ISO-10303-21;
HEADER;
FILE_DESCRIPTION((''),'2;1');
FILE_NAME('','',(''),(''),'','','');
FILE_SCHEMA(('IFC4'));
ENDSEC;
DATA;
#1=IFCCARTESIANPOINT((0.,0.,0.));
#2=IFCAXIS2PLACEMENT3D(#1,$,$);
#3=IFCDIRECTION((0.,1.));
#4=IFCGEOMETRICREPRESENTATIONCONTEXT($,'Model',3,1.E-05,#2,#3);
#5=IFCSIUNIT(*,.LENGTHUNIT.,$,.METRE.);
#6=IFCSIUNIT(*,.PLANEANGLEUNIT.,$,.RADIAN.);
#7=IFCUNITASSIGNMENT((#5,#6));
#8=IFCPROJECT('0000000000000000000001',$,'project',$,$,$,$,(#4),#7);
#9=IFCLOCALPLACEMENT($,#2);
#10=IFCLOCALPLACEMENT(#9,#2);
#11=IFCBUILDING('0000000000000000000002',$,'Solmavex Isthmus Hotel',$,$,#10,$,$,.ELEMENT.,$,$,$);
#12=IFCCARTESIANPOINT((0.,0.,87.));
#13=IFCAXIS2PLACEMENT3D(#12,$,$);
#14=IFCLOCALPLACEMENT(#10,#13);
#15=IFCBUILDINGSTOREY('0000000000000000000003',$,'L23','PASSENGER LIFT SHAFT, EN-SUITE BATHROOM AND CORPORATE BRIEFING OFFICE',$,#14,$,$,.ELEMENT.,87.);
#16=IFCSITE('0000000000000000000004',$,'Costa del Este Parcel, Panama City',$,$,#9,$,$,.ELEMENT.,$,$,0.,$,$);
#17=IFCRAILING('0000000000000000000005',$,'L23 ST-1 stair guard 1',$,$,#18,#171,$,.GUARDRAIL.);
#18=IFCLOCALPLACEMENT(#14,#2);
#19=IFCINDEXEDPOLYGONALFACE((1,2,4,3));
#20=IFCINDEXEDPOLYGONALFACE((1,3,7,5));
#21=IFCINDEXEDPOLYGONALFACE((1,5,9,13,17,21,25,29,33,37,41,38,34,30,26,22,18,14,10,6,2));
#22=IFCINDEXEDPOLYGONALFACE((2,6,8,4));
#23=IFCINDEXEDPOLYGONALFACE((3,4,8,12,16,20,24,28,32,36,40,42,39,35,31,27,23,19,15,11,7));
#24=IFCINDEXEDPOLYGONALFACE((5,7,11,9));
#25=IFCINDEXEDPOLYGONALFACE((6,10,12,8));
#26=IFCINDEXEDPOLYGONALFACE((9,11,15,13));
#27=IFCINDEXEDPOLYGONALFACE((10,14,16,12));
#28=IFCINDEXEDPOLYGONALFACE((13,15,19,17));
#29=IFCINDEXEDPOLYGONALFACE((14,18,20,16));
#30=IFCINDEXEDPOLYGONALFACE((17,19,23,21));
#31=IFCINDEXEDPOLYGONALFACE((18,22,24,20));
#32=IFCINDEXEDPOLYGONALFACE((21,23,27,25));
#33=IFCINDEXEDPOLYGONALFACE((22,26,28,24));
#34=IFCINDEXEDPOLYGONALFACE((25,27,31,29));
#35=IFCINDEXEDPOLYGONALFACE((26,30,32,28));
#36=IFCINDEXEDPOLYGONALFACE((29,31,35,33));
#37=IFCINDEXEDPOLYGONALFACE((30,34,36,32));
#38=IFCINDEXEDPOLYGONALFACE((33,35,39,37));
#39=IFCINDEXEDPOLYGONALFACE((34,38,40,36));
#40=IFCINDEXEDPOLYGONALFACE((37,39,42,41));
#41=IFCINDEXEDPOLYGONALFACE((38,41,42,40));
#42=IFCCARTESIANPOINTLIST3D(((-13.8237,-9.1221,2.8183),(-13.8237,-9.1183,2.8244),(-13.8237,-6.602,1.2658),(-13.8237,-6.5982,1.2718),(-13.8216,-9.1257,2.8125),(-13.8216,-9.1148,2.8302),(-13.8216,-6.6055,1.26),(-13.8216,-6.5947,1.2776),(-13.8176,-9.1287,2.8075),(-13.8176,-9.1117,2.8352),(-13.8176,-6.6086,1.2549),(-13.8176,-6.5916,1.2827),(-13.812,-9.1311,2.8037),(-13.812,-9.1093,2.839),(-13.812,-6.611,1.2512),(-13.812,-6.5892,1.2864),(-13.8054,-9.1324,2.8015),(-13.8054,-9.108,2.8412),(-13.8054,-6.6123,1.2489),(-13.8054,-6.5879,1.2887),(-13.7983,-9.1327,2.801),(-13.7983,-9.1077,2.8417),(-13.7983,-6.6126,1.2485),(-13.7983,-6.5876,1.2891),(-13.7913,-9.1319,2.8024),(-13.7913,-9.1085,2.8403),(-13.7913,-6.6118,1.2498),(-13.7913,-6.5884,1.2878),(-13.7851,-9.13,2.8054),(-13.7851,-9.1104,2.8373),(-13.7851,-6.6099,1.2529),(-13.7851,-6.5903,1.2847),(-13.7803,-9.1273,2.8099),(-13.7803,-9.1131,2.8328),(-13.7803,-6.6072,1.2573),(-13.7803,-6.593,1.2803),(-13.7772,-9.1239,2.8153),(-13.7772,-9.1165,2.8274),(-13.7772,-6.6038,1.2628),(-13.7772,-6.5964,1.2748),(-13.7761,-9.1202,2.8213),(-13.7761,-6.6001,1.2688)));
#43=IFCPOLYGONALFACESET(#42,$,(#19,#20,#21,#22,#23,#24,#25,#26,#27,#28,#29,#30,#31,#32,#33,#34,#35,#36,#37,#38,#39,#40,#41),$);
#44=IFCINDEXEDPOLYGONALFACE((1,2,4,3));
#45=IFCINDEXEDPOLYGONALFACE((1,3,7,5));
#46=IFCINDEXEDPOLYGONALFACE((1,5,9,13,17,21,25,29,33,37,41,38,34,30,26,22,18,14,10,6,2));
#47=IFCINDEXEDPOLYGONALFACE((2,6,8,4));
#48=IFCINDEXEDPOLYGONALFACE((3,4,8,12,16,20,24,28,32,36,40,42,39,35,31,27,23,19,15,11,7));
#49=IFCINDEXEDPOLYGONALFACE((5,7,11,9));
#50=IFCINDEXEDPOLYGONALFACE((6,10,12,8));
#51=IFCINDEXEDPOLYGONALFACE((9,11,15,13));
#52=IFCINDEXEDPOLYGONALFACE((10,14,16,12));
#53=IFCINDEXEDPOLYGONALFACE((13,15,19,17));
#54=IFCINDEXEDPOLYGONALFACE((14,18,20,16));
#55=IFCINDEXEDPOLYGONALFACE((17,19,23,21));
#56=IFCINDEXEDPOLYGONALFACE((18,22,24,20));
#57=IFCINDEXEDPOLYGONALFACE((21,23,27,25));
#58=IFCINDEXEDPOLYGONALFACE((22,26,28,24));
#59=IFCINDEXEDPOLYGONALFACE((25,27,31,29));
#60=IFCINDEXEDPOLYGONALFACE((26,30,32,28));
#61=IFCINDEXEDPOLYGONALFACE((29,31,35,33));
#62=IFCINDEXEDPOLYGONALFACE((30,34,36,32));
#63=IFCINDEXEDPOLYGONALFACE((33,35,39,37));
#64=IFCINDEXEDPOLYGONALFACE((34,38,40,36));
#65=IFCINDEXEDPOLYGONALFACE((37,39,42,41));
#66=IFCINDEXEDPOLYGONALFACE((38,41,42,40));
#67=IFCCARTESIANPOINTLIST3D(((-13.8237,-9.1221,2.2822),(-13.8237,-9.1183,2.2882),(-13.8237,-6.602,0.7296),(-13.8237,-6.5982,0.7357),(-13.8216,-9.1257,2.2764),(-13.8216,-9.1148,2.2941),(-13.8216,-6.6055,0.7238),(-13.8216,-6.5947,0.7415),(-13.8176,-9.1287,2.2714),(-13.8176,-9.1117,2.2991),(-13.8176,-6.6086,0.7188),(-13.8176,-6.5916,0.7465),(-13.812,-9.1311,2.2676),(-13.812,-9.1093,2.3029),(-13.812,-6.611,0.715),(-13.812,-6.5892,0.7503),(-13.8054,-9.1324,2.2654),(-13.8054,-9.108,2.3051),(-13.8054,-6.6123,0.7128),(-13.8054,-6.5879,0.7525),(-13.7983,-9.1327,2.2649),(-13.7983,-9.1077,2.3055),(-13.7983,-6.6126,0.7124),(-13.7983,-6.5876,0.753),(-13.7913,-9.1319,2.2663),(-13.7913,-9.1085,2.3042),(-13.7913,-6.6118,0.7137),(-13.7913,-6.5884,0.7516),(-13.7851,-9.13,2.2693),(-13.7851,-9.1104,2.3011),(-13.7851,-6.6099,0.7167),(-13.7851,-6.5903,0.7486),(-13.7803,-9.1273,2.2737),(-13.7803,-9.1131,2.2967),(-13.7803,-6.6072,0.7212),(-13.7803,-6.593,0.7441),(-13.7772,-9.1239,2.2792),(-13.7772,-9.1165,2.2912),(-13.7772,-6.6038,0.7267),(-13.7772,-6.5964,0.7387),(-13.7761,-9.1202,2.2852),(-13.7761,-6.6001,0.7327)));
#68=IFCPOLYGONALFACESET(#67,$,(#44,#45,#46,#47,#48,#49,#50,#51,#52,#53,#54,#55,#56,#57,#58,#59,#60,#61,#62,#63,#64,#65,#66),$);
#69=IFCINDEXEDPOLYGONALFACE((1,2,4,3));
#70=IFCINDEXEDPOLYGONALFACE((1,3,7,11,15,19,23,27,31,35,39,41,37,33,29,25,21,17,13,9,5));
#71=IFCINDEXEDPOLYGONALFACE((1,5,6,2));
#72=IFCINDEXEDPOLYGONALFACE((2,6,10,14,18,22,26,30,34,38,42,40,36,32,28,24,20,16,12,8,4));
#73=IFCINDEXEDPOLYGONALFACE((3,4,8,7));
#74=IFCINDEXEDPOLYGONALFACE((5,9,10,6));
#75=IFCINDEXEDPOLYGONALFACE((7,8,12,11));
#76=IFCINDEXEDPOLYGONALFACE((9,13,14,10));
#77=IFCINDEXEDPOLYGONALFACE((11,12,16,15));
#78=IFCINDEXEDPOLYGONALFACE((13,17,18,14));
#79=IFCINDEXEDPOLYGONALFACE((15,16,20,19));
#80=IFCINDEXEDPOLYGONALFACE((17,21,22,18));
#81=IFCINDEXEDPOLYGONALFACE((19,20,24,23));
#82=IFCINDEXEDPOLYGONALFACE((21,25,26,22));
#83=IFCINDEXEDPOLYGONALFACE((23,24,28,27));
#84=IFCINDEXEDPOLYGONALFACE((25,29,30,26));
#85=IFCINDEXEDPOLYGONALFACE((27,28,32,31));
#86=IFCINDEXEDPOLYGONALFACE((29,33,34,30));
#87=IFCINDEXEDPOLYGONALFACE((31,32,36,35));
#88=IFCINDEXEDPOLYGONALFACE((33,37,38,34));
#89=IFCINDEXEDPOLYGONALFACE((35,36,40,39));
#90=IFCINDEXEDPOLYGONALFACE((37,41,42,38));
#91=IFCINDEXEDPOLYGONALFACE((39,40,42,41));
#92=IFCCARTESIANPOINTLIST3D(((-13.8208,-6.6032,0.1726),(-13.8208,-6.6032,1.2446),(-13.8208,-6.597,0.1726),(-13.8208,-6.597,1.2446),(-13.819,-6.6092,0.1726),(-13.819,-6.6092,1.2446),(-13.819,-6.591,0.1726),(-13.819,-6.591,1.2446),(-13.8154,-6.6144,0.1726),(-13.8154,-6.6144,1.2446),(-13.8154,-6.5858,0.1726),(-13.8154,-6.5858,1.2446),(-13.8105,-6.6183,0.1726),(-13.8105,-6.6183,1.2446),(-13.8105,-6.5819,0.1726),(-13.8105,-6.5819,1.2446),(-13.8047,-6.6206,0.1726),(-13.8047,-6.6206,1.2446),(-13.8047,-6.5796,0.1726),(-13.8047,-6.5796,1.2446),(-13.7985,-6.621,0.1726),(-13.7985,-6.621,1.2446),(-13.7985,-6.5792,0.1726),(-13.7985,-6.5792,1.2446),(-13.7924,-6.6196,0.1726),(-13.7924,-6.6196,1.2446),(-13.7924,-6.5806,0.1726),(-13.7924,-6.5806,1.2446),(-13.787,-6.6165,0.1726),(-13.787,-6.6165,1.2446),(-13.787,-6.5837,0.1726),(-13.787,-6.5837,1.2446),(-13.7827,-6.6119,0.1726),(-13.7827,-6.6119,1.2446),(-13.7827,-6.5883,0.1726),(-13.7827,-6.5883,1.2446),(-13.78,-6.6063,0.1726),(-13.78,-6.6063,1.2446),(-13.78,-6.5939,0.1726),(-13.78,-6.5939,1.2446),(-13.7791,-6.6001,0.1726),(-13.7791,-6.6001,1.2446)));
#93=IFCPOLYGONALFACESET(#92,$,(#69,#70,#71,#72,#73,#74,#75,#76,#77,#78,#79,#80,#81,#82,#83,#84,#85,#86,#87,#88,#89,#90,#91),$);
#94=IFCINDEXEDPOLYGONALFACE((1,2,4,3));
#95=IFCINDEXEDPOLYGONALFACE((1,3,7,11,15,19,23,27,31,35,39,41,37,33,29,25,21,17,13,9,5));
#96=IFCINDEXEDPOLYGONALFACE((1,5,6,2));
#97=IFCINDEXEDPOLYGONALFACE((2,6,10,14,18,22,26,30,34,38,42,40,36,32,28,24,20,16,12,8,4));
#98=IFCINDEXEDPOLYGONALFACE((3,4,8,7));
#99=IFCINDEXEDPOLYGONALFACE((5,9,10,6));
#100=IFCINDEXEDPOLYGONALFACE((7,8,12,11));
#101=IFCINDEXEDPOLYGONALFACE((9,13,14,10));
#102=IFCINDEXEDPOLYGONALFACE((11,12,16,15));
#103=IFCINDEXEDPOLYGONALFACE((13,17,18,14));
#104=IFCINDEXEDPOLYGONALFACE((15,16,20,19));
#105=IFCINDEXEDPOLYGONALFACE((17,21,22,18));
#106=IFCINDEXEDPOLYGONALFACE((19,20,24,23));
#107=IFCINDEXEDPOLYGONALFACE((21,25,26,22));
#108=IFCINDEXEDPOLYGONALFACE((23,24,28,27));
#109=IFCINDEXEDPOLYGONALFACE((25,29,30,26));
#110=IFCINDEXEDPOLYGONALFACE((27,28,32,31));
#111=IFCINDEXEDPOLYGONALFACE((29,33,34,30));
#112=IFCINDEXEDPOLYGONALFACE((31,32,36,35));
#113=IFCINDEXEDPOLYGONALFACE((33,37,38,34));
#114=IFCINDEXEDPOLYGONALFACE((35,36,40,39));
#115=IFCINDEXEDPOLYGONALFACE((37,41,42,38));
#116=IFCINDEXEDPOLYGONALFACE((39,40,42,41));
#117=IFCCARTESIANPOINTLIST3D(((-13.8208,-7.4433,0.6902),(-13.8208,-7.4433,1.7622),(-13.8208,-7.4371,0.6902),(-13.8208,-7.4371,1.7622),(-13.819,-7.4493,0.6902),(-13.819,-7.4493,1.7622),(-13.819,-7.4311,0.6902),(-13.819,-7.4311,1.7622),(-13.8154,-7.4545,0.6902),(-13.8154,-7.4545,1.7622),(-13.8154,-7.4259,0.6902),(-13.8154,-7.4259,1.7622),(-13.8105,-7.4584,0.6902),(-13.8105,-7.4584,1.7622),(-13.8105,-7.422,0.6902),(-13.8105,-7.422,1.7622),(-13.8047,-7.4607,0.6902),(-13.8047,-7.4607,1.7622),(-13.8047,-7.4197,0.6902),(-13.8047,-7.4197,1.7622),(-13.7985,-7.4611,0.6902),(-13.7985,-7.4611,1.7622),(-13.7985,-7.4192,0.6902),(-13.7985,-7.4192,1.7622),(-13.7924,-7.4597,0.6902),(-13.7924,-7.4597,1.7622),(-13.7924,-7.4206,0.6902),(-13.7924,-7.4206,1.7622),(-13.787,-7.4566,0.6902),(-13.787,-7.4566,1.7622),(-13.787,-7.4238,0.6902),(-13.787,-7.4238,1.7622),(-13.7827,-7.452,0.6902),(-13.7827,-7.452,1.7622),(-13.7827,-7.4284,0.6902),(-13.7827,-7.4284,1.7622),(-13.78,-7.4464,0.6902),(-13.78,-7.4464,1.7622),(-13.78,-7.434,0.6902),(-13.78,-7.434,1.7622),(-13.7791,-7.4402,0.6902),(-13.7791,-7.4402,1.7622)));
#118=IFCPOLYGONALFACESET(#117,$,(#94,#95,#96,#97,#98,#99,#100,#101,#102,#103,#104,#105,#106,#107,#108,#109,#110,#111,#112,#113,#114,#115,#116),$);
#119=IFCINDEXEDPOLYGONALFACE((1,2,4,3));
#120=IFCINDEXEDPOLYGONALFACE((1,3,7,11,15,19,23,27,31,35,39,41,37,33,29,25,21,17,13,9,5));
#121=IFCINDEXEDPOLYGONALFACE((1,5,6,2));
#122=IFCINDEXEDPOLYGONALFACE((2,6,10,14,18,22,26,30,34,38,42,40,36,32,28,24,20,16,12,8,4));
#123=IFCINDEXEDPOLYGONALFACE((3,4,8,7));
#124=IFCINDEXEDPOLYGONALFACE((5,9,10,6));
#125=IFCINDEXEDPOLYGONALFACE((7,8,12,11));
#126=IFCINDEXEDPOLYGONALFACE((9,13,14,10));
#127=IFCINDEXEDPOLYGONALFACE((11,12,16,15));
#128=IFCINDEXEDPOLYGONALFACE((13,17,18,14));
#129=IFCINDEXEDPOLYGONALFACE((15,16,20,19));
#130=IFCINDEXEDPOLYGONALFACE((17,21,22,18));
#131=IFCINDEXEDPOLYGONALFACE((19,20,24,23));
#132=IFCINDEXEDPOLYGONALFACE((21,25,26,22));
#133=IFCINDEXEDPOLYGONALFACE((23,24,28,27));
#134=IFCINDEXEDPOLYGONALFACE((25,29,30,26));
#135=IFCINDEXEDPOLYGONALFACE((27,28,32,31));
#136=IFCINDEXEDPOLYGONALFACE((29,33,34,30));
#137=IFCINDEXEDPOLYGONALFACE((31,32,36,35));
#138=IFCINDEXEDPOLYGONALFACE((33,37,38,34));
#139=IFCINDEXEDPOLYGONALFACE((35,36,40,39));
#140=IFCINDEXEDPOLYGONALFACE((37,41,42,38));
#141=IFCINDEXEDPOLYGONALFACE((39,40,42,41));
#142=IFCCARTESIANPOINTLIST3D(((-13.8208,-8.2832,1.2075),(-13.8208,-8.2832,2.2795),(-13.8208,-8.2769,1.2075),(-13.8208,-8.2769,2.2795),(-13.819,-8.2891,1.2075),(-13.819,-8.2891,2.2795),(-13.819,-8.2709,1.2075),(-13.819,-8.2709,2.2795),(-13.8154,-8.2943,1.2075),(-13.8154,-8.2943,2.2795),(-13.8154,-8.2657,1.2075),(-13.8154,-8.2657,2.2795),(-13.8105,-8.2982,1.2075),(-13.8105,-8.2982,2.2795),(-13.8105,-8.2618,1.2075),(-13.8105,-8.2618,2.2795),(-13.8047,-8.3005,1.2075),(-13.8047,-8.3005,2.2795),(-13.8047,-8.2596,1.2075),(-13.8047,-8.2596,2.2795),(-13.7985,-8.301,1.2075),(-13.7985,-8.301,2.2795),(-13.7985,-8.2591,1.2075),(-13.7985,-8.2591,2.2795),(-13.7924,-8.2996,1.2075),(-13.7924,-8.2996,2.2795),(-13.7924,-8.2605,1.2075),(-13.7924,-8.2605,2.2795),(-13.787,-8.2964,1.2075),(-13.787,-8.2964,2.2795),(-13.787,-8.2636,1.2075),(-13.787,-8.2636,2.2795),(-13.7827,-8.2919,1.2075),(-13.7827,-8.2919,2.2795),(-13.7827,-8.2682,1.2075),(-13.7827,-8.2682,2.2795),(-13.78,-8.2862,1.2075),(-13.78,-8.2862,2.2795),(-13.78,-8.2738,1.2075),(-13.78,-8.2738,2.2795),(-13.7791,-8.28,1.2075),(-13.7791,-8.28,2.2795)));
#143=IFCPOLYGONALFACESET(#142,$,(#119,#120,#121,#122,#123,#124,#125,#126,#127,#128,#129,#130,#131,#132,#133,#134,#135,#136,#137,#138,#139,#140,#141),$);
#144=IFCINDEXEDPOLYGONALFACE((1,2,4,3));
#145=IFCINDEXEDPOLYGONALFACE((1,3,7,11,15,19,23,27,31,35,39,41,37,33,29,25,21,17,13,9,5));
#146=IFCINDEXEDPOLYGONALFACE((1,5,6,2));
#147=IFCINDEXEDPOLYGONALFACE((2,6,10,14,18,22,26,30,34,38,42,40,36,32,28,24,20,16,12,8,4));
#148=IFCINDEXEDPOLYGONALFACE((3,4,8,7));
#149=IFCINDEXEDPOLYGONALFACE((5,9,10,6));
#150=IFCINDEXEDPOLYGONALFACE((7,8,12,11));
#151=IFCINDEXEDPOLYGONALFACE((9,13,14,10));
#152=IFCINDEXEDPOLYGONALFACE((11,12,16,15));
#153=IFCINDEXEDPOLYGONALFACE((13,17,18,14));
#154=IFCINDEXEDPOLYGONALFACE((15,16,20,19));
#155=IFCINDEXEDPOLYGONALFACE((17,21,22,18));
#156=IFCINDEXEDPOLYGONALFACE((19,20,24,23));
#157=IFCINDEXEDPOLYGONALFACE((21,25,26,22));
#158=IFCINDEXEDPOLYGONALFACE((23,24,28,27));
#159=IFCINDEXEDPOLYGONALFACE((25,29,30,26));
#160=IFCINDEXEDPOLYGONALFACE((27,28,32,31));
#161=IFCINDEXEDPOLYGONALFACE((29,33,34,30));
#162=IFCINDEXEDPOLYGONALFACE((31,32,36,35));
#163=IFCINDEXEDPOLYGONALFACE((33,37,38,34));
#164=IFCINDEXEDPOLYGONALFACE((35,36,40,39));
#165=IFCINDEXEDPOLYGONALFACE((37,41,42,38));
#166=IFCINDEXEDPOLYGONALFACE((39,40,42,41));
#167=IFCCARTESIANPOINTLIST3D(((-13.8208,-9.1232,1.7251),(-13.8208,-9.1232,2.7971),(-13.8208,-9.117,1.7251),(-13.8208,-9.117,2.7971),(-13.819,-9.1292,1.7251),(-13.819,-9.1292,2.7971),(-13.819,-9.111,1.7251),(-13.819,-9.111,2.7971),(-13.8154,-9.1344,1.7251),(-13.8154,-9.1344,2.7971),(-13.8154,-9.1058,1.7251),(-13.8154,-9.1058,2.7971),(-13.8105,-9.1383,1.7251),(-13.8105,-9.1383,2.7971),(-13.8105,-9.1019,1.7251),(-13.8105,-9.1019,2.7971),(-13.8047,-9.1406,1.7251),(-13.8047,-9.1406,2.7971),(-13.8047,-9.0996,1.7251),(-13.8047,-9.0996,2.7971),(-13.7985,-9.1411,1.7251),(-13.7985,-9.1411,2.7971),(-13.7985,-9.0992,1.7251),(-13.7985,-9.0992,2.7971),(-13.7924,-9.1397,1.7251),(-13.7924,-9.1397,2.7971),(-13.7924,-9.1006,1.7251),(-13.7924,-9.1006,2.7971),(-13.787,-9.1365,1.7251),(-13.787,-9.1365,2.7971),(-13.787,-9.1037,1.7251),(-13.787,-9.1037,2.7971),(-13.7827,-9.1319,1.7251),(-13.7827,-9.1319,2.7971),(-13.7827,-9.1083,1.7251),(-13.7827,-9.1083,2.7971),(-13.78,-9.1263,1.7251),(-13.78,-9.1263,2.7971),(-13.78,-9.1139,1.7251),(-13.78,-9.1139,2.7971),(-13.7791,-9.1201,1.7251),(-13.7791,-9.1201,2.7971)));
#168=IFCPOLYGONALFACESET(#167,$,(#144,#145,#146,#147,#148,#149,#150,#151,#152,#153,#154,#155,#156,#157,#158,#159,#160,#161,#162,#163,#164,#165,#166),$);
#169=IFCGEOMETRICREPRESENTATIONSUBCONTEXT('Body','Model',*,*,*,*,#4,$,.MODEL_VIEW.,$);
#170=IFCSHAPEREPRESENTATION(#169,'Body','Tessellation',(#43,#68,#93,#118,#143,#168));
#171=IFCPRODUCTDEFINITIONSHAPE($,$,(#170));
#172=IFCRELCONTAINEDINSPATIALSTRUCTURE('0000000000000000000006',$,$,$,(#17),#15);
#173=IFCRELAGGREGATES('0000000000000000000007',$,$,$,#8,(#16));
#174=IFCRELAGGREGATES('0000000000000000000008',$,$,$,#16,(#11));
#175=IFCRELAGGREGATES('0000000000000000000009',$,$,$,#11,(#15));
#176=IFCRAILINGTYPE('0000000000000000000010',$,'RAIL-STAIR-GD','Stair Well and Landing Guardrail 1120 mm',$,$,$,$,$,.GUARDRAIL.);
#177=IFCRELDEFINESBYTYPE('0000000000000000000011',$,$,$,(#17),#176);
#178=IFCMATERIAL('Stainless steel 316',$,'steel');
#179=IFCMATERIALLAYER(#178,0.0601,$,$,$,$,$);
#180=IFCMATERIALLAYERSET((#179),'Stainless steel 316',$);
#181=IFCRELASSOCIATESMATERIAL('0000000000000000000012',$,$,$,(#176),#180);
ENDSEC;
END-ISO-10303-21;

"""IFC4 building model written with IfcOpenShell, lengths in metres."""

from ifc_helpers import new_model, si_unit, direction, frame, origin, origin_2d, place, context, subcontext, project, spatial, circle, extrude, material, layer, layer_set, type_object, element, save


model = new_model("IFC4")

# Units and contexts
model_context = context("Model", 3, precision=1e-05, world=origin(), true_north=direction((0.0, 1.0)))
body_context = subcontext(model_context, "Body", "Model", "MODEL_VIEW")
ifc_project = project(units=[si_unit("LENGTHUNIT", "METRE"), si_unit("PLANEANGLEUNIT", "RADIAN")], contexts=[model_context])

# Site, building, storey
site_placement = place(None, origin())
site = spatial("IfcSite", under=ifc_project, at=site_placement, Name="Costa del Este Parcel, Panama City", CompositionType="ELEMENT", RefElevation=0.0)
building_placement = place(site_placement, origin())
building = spatial("IfcBuilding", under=site, at=building_placement, Name="Solmavex Isthmus Hotel", CompositionType="ELEMENT")
storey_placement = place(building_placement, frame((0.0, 0.0, 87.0)))
storey = spatial("IfcBuildingStorey", under=building, at=storey_placement, Name="L23", Description="PASSENGER LIFT SHAFT, EN-SUITE BATHROOM AND CORPORATE BRIEFING OFFICE", CompositionType="ELEMENT", Elevation=87.0)

# Railing
ifc_material_1 = material(Name="Stainless steel 316", Category="steel")
ifc_layer_1 = layer(ifc_material_1, 0.0601)
ifc_layer_set_1 = layer_set([ifc_layer_1], Name="Stainless steel 316")
railing_type_1 = type_object("IfcRailingType", Name="RAIL-STAIR-GD", Description="Stair Well and Landing Guardrail 1120 mm", PredefinedType="GUARDRAIL", material=ifc_layer_set_1)
railing_1_placement = place(storey_placement, frame((-13.8, -6.6001, 0.1726)))
element("IfcRailing", 1, at=railing_1_placement, inside=storey, type_object=railing_type_1, Name="L23 ST-1 stair guard 1", PredefinedType="GUARDRAIL", context=body_context, shape_type="SweptSolid", body=[
    extrude(circle(Radius=0.0239, at=origin_2d()), frame((0.0, 0.0, 1.0962), z_axis=(0.0, -0.8514, 0.524516), x_axis=(1.0, 0.0, 0.0)), (0.0, 0.0, 1.0), 2.96),
    extrude(circle(Radius=0.0239, at=origin_2d()), frame((0.0, 0.0, 0.5601), z_axis=(0.0, -0.8514, 0.524516), x_axis=(1.0, 0.0, 0.0)), (0.0, 0.0, 1.0), 2.96),
    extrude(circle(Radius=0.021, at=origin_2d()), origin(), (0.0, 0.0, 1.0), 1.072),
    extrude(circle(Radius=0.021, at=origin_2d()), frame((0.0, -0.8401, 0.5176)), (0.0, 0.0, 1.0), 1.072),
    extrude(circle(Radius=0.021, at=origin_2d()), frame((0.0, -1.6799, 1.0349)), (0.0, 0.0, 1.0), 1.072),
    extrude(circle(Radius=0.021, at=origin_2d()), frame((0.0, -2.52, 1.5525)), (0.0, 0.0, 1.0), 1.072),
])

save(model, "model.ifc")
